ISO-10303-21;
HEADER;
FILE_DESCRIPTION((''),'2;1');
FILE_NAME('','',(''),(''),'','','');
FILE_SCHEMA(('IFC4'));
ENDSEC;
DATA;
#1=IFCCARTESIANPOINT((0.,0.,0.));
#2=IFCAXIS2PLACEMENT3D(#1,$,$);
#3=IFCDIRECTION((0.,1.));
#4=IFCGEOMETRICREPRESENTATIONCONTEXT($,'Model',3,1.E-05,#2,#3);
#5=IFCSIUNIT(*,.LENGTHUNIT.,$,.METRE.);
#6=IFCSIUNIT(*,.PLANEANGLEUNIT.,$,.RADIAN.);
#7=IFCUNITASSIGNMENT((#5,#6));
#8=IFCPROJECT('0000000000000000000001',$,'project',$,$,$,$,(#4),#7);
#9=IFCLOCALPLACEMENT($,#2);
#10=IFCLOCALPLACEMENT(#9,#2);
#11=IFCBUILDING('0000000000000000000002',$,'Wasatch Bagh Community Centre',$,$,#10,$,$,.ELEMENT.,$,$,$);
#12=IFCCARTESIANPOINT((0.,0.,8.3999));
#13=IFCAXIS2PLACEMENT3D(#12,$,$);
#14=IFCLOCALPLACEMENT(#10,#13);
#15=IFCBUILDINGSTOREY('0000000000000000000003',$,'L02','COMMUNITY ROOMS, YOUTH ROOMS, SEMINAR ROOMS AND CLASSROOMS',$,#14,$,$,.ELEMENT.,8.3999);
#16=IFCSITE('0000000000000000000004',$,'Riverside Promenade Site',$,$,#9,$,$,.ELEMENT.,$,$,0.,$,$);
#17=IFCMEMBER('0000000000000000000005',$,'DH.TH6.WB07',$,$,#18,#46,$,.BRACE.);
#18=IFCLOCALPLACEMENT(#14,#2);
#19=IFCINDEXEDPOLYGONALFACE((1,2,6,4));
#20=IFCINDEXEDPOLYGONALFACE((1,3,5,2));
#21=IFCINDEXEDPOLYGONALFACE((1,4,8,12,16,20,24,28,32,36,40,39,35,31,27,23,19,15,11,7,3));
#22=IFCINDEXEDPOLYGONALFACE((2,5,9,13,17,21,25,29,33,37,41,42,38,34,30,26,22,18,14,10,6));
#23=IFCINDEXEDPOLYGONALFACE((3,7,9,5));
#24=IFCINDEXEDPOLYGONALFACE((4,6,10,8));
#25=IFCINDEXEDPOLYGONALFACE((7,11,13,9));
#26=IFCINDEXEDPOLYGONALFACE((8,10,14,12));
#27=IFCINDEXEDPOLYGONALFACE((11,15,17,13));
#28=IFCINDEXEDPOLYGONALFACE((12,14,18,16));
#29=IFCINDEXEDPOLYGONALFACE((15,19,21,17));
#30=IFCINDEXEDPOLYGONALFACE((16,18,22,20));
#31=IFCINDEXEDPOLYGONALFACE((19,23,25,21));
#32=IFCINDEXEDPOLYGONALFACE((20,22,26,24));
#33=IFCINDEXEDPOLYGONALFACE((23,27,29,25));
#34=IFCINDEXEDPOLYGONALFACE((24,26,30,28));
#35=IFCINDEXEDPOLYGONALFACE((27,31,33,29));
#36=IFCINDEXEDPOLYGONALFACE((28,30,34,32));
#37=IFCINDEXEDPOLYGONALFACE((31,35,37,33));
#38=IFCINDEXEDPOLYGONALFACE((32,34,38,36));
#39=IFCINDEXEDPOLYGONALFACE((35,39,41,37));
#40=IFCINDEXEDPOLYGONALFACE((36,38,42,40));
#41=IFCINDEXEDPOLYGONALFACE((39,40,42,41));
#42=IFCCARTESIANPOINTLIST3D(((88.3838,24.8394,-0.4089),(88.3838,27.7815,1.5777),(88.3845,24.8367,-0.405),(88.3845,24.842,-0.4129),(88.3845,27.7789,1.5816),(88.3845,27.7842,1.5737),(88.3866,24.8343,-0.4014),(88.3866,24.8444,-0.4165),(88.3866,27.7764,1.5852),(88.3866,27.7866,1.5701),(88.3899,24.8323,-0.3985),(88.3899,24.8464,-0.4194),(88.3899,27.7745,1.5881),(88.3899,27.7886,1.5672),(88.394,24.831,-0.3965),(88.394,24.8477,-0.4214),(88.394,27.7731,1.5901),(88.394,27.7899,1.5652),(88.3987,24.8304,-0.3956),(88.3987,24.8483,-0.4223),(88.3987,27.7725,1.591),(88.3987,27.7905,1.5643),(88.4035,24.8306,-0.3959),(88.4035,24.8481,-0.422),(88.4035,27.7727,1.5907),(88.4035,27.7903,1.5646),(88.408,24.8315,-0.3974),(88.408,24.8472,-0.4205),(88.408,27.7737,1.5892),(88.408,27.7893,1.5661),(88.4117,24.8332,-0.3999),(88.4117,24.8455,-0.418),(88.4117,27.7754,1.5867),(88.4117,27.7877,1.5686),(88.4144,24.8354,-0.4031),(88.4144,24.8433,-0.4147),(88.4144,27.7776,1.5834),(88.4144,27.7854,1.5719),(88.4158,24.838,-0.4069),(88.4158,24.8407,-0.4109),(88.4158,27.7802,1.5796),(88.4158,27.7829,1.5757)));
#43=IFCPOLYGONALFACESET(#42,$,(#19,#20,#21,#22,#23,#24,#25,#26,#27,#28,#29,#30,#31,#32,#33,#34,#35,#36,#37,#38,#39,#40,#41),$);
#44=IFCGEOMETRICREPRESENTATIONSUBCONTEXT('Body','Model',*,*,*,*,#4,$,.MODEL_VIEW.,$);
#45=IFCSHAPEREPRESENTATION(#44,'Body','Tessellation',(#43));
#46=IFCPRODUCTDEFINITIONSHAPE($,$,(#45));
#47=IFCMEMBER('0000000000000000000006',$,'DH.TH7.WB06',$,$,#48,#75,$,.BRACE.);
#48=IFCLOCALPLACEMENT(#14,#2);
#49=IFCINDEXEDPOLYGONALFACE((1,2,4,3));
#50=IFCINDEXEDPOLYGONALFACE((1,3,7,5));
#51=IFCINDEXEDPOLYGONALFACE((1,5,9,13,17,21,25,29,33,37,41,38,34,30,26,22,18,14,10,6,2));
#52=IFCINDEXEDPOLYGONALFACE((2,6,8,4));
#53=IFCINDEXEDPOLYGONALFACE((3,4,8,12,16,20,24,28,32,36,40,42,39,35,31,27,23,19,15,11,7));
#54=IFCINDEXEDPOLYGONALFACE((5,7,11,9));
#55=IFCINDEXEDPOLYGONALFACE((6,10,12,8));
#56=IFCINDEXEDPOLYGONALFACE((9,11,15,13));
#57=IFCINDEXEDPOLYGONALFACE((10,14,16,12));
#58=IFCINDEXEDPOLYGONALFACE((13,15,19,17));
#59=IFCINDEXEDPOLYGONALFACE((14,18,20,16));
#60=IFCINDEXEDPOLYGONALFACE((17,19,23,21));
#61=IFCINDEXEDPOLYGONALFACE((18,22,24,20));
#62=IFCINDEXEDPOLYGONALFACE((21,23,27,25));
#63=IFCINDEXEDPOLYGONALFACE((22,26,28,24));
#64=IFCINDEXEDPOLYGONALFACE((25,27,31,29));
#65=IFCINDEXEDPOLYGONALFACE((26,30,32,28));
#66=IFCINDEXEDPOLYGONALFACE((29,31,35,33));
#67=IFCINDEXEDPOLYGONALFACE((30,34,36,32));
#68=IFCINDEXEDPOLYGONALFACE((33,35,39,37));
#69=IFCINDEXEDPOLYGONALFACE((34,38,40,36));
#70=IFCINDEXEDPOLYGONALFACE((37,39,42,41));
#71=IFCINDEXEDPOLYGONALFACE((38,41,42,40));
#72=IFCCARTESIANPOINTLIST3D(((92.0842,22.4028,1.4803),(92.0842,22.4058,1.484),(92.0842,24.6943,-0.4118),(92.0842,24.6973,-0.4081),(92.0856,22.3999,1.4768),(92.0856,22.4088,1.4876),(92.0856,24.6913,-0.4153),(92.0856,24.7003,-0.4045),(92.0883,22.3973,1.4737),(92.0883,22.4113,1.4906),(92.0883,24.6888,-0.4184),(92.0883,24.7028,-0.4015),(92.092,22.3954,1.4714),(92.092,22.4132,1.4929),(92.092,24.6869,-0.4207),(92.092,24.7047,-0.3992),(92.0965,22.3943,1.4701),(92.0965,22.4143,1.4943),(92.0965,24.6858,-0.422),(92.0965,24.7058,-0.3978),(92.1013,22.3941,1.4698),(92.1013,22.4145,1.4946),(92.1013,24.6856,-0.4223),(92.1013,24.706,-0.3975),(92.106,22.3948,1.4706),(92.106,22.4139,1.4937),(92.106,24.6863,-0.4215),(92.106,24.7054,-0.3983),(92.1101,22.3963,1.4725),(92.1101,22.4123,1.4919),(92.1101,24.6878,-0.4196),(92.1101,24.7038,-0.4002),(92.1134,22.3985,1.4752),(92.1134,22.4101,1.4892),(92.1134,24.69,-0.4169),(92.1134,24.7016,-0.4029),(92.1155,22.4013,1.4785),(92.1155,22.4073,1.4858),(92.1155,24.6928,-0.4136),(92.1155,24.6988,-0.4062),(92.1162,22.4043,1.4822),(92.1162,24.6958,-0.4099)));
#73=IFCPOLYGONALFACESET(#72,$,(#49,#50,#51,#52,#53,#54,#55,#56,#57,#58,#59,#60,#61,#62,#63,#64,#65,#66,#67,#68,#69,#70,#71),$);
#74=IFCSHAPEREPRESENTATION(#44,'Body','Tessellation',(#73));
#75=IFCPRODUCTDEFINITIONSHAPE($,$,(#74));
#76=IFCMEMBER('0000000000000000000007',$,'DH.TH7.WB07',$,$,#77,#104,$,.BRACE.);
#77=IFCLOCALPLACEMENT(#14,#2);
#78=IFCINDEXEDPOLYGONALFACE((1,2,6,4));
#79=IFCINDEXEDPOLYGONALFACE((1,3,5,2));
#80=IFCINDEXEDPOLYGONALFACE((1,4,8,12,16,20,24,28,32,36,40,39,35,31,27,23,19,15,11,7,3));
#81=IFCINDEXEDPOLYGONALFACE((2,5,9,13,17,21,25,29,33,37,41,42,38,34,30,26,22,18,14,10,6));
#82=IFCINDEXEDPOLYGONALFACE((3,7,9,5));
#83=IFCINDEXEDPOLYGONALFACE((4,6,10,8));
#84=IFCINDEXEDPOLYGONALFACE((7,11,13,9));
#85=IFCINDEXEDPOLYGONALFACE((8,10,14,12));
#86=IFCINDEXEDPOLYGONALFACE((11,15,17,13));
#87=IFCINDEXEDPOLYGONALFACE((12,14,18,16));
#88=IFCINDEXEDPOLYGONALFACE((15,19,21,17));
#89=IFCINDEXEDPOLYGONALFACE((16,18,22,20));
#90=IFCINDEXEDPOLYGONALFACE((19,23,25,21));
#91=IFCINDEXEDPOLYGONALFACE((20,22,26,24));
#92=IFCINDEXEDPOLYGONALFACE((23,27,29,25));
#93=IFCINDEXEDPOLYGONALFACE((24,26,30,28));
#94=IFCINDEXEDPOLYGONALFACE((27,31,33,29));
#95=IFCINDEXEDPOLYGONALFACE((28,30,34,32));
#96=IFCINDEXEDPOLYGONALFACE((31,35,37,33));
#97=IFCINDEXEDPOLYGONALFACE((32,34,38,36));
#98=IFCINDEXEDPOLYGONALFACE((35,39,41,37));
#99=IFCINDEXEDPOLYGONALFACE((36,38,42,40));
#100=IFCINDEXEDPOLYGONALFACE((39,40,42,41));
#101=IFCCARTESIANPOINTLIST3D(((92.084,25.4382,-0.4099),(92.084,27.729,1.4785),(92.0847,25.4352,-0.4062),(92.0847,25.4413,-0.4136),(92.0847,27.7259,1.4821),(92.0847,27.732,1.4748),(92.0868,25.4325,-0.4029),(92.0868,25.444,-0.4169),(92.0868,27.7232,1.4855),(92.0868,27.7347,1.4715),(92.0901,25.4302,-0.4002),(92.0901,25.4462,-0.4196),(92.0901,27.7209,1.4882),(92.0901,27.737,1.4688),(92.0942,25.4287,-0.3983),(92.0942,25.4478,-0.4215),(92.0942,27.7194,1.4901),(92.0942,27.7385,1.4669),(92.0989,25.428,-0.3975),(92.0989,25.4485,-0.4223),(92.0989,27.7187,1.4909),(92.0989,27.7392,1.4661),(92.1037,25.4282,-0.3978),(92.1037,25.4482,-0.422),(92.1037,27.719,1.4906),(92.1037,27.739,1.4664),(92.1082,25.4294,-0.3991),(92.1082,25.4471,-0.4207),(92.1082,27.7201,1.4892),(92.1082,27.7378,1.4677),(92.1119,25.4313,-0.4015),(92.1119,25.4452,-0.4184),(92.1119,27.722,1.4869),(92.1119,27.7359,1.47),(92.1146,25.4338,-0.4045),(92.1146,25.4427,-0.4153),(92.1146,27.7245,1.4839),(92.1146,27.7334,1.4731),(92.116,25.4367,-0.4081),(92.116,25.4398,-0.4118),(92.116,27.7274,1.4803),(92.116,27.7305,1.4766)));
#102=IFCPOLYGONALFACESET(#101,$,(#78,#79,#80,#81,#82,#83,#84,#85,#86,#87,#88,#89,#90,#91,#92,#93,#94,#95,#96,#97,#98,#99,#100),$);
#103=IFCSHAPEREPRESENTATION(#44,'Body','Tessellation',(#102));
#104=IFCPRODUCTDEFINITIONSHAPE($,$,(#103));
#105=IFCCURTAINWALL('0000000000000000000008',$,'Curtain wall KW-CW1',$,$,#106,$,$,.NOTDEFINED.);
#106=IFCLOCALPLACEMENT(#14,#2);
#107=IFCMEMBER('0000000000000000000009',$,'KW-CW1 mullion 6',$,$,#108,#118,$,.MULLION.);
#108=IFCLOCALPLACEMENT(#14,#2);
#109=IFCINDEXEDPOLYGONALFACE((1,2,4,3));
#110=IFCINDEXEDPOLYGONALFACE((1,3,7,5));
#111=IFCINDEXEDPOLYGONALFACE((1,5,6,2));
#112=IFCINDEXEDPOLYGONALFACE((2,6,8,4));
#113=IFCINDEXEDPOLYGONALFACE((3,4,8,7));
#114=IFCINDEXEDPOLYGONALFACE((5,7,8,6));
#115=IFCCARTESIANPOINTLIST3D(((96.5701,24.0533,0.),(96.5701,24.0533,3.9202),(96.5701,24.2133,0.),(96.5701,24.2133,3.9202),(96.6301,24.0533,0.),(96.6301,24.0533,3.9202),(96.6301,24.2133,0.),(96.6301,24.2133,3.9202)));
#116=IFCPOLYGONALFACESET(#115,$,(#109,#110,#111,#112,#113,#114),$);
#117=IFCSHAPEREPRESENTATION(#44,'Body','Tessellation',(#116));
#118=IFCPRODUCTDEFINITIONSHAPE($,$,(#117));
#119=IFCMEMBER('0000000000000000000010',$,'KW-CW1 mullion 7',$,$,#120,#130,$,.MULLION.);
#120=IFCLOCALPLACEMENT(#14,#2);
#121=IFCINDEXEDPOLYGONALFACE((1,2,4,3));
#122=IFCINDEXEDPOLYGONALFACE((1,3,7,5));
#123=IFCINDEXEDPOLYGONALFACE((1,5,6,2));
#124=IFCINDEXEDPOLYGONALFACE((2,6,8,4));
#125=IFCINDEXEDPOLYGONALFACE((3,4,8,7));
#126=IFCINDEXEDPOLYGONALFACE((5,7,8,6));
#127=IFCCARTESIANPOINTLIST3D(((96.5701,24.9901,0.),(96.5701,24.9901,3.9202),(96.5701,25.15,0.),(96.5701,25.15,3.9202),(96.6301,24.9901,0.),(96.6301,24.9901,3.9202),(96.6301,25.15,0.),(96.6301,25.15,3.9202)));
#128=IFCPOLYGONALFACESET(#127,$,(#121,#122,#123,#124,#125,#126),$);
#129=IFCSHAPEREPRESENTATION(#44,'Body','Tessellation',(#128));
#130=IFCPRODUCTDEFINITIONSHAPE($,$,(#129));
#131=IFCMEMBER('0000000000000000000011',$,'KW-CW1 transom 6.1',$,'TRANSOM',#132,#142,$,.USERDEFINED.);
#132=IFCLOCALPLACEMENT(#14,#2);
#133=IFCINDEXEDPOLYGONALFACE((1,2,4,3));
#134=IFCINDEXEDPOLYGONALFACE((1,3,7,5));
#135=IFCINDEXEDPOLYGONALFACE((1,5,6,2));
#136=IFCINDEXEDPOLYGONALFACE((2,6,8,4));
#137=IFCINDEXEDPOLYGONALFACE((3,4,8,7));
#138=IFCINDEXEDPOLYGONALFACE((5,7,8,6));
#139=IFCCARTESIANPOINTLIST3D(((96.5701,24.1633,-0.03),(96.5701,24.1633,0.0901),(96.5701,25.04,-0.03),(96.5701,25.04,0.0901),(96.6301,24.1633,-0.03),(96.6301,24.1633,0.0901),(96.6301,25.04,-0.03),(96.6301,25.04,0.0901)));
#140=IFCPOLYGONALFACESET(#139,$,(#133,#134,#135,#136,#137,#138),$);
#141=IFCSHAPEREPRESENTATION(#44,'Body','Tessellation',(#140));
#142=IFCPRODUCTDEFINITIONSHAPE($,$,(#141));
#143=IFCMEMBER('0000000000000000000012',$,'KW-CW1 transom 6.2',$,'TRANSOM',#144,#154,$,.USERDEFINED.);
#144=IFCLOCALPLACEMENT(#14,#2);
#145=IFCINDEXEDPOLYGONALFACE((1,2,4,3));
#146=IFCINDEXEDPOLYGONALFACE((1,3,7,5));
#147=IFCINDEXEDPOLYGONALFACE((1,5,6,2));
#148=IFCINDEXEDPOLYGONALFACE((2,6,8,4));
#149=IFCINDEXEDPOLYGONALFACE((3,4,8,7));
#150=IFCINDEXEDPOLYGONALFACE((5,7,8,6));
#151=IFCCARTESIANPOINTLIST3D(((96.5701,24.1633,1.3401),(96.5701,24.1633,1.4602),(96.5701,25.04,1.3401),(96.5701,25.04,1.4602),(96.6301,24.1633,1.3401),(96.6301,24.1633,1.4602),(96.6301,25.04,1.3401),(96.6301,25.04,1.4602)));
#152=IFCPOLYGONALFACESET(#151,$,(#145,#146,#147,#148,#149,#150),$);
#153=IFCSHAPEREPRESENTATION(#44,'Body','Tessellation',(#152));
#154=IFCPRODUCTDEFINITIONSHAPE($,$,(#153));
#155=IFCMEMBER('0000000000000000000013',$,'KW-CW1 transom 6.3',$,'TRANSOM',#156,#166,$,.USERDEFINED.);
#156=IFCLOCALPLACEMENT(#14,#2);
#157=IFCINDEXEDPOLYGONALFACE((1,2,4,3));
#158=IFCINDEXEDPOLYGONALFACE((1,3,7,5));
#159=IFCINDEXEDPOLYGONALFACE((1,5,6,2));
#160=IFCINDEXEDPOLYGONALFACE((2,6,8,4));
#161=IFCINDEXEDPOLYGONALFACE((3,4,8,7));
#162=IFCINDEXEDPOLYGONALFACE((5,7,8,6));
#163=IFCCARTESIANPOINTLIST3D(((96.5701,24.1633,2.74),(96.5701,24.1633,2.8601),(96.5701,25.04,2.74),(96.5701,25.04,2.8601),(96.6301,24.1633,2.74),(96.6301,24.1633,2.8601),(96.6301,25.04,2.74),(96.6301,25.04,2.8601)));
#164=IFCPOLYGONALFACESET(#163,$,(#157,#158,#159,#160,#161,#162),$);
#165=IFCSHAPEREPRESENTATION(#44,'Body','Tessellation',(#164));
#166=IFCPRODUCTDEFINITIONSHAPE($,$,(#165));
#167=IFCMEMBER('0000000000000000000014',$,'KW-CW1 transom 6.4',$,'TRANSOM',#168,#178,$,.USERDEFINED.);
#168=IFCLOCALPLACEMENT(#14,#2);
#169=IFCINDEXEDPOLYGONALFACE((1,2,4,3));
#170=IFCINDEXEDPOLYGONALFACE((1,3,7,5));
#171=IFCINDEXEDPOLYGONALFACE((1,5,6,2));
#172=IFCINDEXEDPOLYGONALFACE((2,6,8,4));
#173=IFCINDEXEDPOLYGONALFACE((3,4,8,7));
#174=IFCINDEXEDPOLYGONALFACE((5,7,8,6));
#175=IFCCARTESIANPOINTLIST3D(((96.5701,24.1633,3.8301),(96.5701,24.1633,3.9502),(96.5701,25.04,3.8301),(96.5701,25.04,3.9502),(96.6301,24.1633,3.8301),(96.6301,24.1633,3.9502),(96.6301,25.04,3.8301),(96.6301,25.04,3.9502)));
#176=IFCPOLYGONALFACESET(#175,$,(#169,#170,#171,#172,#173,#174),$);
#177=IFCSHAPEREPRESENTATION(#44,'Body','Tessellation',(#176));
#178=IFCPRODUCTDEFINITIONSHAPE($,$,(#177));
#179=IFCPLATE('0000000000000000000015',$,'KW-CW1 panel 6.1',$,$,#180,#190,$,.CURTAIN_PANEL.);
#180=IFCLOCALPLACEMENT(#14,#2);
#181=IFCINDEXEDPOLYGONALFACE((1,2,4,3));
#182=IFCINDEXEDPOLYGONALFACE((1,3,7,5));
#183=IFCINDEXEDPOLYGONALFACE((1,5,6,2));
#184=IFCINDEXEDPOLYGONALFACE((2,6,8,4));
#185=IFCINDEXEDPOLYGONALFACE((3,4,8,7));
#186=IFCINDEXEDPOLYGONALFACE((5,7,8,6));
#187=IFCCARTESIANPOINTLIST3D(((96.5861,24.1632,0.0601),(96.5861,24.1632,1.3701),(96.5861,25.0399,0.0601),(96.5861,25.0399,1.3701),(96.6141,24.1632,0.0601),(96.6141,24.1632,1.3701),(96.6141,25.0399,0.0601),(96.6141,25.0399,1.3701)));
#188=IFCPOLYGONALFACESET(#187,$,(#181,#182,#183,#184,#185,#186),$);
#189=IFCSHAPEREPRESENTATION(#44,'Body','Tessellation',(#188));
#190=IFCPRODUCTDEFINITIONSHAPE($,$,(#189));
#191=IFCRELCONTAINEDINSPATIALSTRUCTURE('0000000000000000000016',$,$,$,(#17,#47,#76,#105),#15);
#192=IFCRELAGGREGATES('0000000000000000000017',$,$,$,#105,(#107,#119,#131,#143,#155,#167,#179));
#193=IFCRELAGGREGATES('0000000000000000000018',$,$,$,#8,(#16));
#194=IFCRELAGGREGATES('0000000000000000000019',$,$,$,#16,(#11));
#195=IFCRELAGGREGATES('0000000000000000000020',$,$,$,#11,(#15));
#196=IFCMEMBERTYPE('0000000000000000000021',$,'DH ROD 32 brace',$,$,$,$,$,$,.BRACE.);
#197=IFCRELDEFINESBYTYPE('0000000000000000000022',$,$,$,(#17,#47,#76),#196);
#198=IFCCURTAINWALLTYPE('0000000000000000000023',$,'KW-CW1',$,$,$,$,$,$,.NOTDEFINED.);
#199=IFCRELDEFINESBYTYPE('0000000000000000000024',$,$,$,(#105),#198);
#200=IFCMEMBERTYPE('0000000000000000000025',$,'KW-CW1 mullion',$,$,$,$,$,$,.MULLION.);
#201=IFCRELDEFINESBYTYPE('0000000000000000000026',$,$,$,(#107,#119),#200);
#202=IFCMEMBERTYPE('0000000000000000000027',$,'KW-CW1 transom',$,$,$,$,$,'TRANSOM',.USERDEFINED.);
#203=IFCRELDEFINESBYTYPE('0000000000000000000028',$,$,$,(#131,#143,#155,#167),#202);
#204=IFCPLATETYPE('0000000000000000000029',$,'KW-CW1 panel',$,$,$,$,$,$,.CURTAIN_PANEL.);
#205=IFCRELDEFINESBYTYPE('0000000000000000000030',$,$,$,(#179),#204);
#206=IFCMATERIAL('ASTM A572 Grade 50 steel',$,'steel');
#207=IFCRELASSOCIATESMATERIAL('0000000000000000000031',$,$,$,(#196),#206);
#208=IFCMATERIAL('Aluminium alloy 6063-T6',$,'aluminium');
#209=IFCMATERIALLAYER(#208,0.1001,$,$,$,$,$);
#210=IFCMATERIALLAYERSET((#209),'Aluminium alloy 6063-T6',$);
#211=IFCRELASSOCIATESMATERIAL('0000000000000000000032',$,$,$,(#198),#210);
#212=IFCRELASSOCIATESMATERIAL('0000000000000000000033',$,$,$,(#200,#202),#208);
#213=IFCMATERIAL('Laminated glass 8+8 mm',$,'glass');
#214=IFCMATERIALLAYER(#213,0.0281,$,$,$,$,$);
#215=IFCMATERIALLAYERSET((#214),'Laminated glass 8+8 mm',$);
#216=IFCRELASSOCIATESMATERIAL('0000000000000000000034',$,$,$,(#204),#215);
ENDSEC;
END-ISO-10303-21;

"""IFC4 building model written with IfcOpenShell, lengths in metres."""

from ifc_helpers import new_model, si_unit, direction, frame, origin, origin_2d, place, context, subcontext, project, spatial, rectangle, circle, extrude, material, layer, layer_set, material_profile, profile_set, type_object, element, aggregate, save


model = new_model("IFC4")

# Units and contexts
model_context = context("Model", 3, precision=1e-05, world=origin(), true_north=direction((0.0, 1.0)))
body_context = subcontext(model_context, "Body", "Model", "MODEL_VIEW")
ifc_project = project(units=[si_unit("LENGTHUNIT", "METRE"), si_unit("PLANEANGLEUNIT", "RADIAN")], contexts=[model_context])

# Site, building, storey
site_placement = place(None, origin())
site = spatial("IfcSite", under=ifc_project, at=site_placement, Name="Riverside Promenade Site", CompositionType="ELEMENT", RefElevation=0.0)
building_placement = place(site_placement, origin())
building = spatial("IfcBuilding", under=site, at=building_placement, Name="Wasatch Bagh Community Centre", CompositionType="ELEMENT")
storey_placement = place(building_placement, frame((0.0, 0.0, 8.3999)))
storey = spatial("IfcBuildingStorey", under=building, at=storey_placement, Name="L02", Description="COMMUNITY ROOMS, YOUTH ROOMS, SEMINAR ROOMS AND CLASSROOMS", CompositionType="ELEMENT", Elevation=8.3999)

# Members
ifc_material_1 = material(Name="ASTM A572 Grade 50 steel", Category="steel")
ifc_material_profile_1 = material_profile(ifc_material_1, circle(Radius=0.0161, at=origin_2d()), Name="ROD 32")
ifc_profile_set_1 = profile_set([ifc_material_profile_1], Name="ASTM A572 Grade 50 steel")
member_type_1 = type_object("IfcMemberType", Name="DH ROD 32 brace", PredefinedType="BRACE", material=ifc_profile_set_1)
member_1_placement = place(storey_placement, frame((88.3999, 24.8394, -0.4089), z_axis=(0.0, 0.828767, 0.559595), x_axis=(-1.0, 0.0, 0.0)))
element("IfcMember", 1, at=member_1_placement, inside=storey, type_object=member_type_1, Name="DH.TH6.WB07", PredefinedType="BRACE", context=body_context, shape_type="SweptSolid", body=[
    extrude(circle(Radius=0.0161, at=origin_2d()), origin(), (0.0, 0.0, 1.0), 3.55),
])
member_2_placement = place(storey_placement, frame((92.1001, 24.6958, -0.4099), z_axis=(0.0, -0.771109, 0.636703), x_axis=(1.0, 0.0, 0.0)))
element("IfcMember", 2, at=member_2_placement, inside=storey, type_object=member_type_1, Name="DH.TH7.WB06", PredefinedType="BRACE", context=body_context, shape_type="SweptSolid", body=[
    extrude(circle(Radius=0.0161, at=origin_2d()), origin(), (0.0, 0.0, 1.0), 2.9717),
])
member_3_placement = place(storey_placement, frame((92.1001, 25.4382, -0.4099), z_axis=(0.0, 0.771614, 0.636091), x_axis=(-1.0, 0.0, 0.0)))
element("IfcMember", 3, at=member_3_placement, inside=storey, type_object=member_type_1, Name="DH.TH7.WB07", PredefinedType="BRACE", context=body_context, shape_type="SweptSolid", body=[
    extrude(circle(Radius=0.0161, at=origin_2d()), origin(), (0.0, 0.0, 1.0), 2.9688),
])

# Curtain wall, members, plate
ifc_material_2 = material(Name="Aluminium alloy 6063-T6", Category="aluminium")
ifc_layer_1 = layer(ifc_material_2, 0.1001)
ifc_layer_set_1 = layer_set([ifc_layer_1], Name="Aluminium alloy 6063-T6")
curtain_wall_type = type_object("IfcCurtainWallType", Name="KW-CW1", PredefinedType="NOTDEFINED", material=ifc_layer_set_1)
curtain_wall_placement = place(storey_placement, origin())
curtain_wall = element("IfcCurtainWall", 4, at=curtain_wall_placement, inside=storey, type_object=curtain_wall_type, Name="Curtain wall KW-CW1", PredefinedType="NOTDEFINED")
ifc_material_profile_2 = material_profile(ifc_material_2, rectangle(XDim=0.0601, YDim=0.1599, at=origin_2d()), Name="AL 60x160")
ifc_profile_set_2 = profile_set([ifc_material_profile_2], Name="Aluminium alloy 6063-T6")
member_type_2 = type_object("IfcMemberType", Name="KW-CW1 mullion", PredefinedType="MULLION", material=ifc_profile_set_2)
member_4_placement = place(storey_placement, frame((96.6001, 24.1333, 0.0), z_axis=(0.0, 0.0, 1.0), x_axis=(-1.0, 0.0, 0.0)))
member_4 = element("IfcMember", 5, at=member_4_placement, type_object=member_type_2, Name="KW-CW1 mullion 6", PredefinedType="MULLION", context=body_context, shape_type="SweptSolid", body=[
    extrude(rectangle(XDim=0.0601, YDim=0.1599, at=origin_2d()), origin(), (0.0, 0.0, 1.0), 3.9202),
])
member_5_placement = place(storey_placement, frame((96.6001, 25.0701, 0.0), z_axis=(0.0, 0.0, 1.0), x_axis=(-1.0, 0.0, 0.0)))
member_5 = element("IfcMember", 6, at=member_5_placement, type_object=member_type_2, Name="KW-CW1 mullion 7", PredefinedType="MULLION", context=body_context, shape_type="SweptSolid", body=[
    extrude(rectangle(XDim=0.0601, YDim=0.1599, at=origin_2d()), origin(), (0.0, 0.0, 1.0), 3.9202),
])
ifc_material_profile_3 = material_profile(ifc_material_2, rectangle(XDim=0.0601, YDim=0.1201, at=origin_2d()), Name="AL 60x120")
ifc_profile_set_3 = profile_set([ifc_material_profile_3], Name="Aluminium alloy 6063-T6")
member_type_3 = type_object("IfcMemberType", Name="KW-CW1 transom", ElementType="TRANSOM", PredefinedType="USERDEFINED", material=ifc_profile_set_3)
member_6_placement = place(storey_placement, frame((96.6001, 24.1633, 0.03), z_axis=(0.0, 1.0, 0.0), x_axis=(-1.0, 0.0, 0.0)))
member_6 = element("IfcMember", 7, at=member_6_placement, type_object=member_type_3, Name="KW-CW1 transom 6.1", ObjectType="TRANSOM", PredefinedType="USERDEFINED", context=body_context, shape_type="SweptSolid", body=[
    extrude(rectangle(XDim=0.0601, YDim=0.1201, at=origin_2d()), origin(), (0.0, 0.0, 1.0), 0.8767),
])
member_7_placement = place(storey_placement, frame((96.6001, 24.1633, 1.4001), z_axis=(0.0, 1.0, 0.0), x_axis=(-1.0, 0.0, 0.0)))
member_7 = element("IfcMember", 8, at=member_7_placement, type_object=member_type_3, Name="KW-CW1 transom 6.2", ObjectType="TRANSOM", PredefinedType="USERDEFINED", context=body_context, shape_type="SweptSolid", body=[
    extrude(rectangle(XDim=0.0601, YDim=0.1201, at=origin_2d()), origin(), (0.0, 0.0, 1.0), 0.8767),
])
member_8_placement = place(storey_placement, frame((96.6001, 24.1633, 2.8), z_axis=(0.0, 1.0, 0.0), x_axis=(-1.0, 0.0, 0.0)))
member_8 = element("IfcMember", 9, at=member_8_placement, type_object=member_type_3, Name="KW-CW1 transom 6.3", ObjectType="TRANSOM", PredefinedType="USERDEFINED", context=body_context, shape_type="SweptSolid", body=[
    extrude(rectangle(XDim=0.0601, YDim=0.1201, at=origin_2d()), origin(), (0.0, 0.0, 1.0), 0.8767),
])
member_9_placement = place(storey_placement, frame((96.6001, 24.1633, 3.8901), z_axis=(0.0, 1.0, 0.0), x_axis=(-1.0, 0.0, 0.0)))
member_9 = element("IfcMember", 10, at=member_9_placement, type_object=member_type_3, Name="KW-CW1 transom 6.4", ObjectType="TRANSOM", PredefinedType="USERDEFINED", context=body_context, shape_type="SweptSolid", body=[
    extrude(rectangle(XDim=0.0601, YDim=0.1201, at=origin_2d()), origin(), (0.0, 0.0, 1.0), 0.8767),
])
ifc_material_3 = material(Name="Laminated glass 8+8 mm", Category="glass")
ifc_layer_2 = layer(ifc_material_3, 0.0281)
ifc_layer_set_2 = layer_set([ifc_layer_2], Name="Laminated glass 8+8 mm")
plate_type = type_object("IfcPlateType", Name="KW-CW1 panel", PredefinedType="CURTAIN_PANEL", material=ifc_layer_set_2)
plate_1_placement = place(storey_placement, frame((96.6001, 24.6016, 0.0601), z_axis=(0.0, 0.0, 1.0), x_axis=(0.0, 1.0, 0.0)))
plate_1 = element("IfcPlate", 11, at=plate_1_placement, type_object=plate_type, Name="KW-CW1 panel 6.1", PredefinedType="CURTAIN_PANEL", context=body_context, shape_type="SweptSolid", body=[
    extrude(rectangle(XDim=0.8767, YDim=0.0281, at=origin_2d()), origin(), (0.0, 0.0, 1.0), 1.3101),
])
aggregate(curtain_wall, [member_4, member_5, member_6, member_7, member_8, member_9, plate_1])

save(model, "model.ifc")
